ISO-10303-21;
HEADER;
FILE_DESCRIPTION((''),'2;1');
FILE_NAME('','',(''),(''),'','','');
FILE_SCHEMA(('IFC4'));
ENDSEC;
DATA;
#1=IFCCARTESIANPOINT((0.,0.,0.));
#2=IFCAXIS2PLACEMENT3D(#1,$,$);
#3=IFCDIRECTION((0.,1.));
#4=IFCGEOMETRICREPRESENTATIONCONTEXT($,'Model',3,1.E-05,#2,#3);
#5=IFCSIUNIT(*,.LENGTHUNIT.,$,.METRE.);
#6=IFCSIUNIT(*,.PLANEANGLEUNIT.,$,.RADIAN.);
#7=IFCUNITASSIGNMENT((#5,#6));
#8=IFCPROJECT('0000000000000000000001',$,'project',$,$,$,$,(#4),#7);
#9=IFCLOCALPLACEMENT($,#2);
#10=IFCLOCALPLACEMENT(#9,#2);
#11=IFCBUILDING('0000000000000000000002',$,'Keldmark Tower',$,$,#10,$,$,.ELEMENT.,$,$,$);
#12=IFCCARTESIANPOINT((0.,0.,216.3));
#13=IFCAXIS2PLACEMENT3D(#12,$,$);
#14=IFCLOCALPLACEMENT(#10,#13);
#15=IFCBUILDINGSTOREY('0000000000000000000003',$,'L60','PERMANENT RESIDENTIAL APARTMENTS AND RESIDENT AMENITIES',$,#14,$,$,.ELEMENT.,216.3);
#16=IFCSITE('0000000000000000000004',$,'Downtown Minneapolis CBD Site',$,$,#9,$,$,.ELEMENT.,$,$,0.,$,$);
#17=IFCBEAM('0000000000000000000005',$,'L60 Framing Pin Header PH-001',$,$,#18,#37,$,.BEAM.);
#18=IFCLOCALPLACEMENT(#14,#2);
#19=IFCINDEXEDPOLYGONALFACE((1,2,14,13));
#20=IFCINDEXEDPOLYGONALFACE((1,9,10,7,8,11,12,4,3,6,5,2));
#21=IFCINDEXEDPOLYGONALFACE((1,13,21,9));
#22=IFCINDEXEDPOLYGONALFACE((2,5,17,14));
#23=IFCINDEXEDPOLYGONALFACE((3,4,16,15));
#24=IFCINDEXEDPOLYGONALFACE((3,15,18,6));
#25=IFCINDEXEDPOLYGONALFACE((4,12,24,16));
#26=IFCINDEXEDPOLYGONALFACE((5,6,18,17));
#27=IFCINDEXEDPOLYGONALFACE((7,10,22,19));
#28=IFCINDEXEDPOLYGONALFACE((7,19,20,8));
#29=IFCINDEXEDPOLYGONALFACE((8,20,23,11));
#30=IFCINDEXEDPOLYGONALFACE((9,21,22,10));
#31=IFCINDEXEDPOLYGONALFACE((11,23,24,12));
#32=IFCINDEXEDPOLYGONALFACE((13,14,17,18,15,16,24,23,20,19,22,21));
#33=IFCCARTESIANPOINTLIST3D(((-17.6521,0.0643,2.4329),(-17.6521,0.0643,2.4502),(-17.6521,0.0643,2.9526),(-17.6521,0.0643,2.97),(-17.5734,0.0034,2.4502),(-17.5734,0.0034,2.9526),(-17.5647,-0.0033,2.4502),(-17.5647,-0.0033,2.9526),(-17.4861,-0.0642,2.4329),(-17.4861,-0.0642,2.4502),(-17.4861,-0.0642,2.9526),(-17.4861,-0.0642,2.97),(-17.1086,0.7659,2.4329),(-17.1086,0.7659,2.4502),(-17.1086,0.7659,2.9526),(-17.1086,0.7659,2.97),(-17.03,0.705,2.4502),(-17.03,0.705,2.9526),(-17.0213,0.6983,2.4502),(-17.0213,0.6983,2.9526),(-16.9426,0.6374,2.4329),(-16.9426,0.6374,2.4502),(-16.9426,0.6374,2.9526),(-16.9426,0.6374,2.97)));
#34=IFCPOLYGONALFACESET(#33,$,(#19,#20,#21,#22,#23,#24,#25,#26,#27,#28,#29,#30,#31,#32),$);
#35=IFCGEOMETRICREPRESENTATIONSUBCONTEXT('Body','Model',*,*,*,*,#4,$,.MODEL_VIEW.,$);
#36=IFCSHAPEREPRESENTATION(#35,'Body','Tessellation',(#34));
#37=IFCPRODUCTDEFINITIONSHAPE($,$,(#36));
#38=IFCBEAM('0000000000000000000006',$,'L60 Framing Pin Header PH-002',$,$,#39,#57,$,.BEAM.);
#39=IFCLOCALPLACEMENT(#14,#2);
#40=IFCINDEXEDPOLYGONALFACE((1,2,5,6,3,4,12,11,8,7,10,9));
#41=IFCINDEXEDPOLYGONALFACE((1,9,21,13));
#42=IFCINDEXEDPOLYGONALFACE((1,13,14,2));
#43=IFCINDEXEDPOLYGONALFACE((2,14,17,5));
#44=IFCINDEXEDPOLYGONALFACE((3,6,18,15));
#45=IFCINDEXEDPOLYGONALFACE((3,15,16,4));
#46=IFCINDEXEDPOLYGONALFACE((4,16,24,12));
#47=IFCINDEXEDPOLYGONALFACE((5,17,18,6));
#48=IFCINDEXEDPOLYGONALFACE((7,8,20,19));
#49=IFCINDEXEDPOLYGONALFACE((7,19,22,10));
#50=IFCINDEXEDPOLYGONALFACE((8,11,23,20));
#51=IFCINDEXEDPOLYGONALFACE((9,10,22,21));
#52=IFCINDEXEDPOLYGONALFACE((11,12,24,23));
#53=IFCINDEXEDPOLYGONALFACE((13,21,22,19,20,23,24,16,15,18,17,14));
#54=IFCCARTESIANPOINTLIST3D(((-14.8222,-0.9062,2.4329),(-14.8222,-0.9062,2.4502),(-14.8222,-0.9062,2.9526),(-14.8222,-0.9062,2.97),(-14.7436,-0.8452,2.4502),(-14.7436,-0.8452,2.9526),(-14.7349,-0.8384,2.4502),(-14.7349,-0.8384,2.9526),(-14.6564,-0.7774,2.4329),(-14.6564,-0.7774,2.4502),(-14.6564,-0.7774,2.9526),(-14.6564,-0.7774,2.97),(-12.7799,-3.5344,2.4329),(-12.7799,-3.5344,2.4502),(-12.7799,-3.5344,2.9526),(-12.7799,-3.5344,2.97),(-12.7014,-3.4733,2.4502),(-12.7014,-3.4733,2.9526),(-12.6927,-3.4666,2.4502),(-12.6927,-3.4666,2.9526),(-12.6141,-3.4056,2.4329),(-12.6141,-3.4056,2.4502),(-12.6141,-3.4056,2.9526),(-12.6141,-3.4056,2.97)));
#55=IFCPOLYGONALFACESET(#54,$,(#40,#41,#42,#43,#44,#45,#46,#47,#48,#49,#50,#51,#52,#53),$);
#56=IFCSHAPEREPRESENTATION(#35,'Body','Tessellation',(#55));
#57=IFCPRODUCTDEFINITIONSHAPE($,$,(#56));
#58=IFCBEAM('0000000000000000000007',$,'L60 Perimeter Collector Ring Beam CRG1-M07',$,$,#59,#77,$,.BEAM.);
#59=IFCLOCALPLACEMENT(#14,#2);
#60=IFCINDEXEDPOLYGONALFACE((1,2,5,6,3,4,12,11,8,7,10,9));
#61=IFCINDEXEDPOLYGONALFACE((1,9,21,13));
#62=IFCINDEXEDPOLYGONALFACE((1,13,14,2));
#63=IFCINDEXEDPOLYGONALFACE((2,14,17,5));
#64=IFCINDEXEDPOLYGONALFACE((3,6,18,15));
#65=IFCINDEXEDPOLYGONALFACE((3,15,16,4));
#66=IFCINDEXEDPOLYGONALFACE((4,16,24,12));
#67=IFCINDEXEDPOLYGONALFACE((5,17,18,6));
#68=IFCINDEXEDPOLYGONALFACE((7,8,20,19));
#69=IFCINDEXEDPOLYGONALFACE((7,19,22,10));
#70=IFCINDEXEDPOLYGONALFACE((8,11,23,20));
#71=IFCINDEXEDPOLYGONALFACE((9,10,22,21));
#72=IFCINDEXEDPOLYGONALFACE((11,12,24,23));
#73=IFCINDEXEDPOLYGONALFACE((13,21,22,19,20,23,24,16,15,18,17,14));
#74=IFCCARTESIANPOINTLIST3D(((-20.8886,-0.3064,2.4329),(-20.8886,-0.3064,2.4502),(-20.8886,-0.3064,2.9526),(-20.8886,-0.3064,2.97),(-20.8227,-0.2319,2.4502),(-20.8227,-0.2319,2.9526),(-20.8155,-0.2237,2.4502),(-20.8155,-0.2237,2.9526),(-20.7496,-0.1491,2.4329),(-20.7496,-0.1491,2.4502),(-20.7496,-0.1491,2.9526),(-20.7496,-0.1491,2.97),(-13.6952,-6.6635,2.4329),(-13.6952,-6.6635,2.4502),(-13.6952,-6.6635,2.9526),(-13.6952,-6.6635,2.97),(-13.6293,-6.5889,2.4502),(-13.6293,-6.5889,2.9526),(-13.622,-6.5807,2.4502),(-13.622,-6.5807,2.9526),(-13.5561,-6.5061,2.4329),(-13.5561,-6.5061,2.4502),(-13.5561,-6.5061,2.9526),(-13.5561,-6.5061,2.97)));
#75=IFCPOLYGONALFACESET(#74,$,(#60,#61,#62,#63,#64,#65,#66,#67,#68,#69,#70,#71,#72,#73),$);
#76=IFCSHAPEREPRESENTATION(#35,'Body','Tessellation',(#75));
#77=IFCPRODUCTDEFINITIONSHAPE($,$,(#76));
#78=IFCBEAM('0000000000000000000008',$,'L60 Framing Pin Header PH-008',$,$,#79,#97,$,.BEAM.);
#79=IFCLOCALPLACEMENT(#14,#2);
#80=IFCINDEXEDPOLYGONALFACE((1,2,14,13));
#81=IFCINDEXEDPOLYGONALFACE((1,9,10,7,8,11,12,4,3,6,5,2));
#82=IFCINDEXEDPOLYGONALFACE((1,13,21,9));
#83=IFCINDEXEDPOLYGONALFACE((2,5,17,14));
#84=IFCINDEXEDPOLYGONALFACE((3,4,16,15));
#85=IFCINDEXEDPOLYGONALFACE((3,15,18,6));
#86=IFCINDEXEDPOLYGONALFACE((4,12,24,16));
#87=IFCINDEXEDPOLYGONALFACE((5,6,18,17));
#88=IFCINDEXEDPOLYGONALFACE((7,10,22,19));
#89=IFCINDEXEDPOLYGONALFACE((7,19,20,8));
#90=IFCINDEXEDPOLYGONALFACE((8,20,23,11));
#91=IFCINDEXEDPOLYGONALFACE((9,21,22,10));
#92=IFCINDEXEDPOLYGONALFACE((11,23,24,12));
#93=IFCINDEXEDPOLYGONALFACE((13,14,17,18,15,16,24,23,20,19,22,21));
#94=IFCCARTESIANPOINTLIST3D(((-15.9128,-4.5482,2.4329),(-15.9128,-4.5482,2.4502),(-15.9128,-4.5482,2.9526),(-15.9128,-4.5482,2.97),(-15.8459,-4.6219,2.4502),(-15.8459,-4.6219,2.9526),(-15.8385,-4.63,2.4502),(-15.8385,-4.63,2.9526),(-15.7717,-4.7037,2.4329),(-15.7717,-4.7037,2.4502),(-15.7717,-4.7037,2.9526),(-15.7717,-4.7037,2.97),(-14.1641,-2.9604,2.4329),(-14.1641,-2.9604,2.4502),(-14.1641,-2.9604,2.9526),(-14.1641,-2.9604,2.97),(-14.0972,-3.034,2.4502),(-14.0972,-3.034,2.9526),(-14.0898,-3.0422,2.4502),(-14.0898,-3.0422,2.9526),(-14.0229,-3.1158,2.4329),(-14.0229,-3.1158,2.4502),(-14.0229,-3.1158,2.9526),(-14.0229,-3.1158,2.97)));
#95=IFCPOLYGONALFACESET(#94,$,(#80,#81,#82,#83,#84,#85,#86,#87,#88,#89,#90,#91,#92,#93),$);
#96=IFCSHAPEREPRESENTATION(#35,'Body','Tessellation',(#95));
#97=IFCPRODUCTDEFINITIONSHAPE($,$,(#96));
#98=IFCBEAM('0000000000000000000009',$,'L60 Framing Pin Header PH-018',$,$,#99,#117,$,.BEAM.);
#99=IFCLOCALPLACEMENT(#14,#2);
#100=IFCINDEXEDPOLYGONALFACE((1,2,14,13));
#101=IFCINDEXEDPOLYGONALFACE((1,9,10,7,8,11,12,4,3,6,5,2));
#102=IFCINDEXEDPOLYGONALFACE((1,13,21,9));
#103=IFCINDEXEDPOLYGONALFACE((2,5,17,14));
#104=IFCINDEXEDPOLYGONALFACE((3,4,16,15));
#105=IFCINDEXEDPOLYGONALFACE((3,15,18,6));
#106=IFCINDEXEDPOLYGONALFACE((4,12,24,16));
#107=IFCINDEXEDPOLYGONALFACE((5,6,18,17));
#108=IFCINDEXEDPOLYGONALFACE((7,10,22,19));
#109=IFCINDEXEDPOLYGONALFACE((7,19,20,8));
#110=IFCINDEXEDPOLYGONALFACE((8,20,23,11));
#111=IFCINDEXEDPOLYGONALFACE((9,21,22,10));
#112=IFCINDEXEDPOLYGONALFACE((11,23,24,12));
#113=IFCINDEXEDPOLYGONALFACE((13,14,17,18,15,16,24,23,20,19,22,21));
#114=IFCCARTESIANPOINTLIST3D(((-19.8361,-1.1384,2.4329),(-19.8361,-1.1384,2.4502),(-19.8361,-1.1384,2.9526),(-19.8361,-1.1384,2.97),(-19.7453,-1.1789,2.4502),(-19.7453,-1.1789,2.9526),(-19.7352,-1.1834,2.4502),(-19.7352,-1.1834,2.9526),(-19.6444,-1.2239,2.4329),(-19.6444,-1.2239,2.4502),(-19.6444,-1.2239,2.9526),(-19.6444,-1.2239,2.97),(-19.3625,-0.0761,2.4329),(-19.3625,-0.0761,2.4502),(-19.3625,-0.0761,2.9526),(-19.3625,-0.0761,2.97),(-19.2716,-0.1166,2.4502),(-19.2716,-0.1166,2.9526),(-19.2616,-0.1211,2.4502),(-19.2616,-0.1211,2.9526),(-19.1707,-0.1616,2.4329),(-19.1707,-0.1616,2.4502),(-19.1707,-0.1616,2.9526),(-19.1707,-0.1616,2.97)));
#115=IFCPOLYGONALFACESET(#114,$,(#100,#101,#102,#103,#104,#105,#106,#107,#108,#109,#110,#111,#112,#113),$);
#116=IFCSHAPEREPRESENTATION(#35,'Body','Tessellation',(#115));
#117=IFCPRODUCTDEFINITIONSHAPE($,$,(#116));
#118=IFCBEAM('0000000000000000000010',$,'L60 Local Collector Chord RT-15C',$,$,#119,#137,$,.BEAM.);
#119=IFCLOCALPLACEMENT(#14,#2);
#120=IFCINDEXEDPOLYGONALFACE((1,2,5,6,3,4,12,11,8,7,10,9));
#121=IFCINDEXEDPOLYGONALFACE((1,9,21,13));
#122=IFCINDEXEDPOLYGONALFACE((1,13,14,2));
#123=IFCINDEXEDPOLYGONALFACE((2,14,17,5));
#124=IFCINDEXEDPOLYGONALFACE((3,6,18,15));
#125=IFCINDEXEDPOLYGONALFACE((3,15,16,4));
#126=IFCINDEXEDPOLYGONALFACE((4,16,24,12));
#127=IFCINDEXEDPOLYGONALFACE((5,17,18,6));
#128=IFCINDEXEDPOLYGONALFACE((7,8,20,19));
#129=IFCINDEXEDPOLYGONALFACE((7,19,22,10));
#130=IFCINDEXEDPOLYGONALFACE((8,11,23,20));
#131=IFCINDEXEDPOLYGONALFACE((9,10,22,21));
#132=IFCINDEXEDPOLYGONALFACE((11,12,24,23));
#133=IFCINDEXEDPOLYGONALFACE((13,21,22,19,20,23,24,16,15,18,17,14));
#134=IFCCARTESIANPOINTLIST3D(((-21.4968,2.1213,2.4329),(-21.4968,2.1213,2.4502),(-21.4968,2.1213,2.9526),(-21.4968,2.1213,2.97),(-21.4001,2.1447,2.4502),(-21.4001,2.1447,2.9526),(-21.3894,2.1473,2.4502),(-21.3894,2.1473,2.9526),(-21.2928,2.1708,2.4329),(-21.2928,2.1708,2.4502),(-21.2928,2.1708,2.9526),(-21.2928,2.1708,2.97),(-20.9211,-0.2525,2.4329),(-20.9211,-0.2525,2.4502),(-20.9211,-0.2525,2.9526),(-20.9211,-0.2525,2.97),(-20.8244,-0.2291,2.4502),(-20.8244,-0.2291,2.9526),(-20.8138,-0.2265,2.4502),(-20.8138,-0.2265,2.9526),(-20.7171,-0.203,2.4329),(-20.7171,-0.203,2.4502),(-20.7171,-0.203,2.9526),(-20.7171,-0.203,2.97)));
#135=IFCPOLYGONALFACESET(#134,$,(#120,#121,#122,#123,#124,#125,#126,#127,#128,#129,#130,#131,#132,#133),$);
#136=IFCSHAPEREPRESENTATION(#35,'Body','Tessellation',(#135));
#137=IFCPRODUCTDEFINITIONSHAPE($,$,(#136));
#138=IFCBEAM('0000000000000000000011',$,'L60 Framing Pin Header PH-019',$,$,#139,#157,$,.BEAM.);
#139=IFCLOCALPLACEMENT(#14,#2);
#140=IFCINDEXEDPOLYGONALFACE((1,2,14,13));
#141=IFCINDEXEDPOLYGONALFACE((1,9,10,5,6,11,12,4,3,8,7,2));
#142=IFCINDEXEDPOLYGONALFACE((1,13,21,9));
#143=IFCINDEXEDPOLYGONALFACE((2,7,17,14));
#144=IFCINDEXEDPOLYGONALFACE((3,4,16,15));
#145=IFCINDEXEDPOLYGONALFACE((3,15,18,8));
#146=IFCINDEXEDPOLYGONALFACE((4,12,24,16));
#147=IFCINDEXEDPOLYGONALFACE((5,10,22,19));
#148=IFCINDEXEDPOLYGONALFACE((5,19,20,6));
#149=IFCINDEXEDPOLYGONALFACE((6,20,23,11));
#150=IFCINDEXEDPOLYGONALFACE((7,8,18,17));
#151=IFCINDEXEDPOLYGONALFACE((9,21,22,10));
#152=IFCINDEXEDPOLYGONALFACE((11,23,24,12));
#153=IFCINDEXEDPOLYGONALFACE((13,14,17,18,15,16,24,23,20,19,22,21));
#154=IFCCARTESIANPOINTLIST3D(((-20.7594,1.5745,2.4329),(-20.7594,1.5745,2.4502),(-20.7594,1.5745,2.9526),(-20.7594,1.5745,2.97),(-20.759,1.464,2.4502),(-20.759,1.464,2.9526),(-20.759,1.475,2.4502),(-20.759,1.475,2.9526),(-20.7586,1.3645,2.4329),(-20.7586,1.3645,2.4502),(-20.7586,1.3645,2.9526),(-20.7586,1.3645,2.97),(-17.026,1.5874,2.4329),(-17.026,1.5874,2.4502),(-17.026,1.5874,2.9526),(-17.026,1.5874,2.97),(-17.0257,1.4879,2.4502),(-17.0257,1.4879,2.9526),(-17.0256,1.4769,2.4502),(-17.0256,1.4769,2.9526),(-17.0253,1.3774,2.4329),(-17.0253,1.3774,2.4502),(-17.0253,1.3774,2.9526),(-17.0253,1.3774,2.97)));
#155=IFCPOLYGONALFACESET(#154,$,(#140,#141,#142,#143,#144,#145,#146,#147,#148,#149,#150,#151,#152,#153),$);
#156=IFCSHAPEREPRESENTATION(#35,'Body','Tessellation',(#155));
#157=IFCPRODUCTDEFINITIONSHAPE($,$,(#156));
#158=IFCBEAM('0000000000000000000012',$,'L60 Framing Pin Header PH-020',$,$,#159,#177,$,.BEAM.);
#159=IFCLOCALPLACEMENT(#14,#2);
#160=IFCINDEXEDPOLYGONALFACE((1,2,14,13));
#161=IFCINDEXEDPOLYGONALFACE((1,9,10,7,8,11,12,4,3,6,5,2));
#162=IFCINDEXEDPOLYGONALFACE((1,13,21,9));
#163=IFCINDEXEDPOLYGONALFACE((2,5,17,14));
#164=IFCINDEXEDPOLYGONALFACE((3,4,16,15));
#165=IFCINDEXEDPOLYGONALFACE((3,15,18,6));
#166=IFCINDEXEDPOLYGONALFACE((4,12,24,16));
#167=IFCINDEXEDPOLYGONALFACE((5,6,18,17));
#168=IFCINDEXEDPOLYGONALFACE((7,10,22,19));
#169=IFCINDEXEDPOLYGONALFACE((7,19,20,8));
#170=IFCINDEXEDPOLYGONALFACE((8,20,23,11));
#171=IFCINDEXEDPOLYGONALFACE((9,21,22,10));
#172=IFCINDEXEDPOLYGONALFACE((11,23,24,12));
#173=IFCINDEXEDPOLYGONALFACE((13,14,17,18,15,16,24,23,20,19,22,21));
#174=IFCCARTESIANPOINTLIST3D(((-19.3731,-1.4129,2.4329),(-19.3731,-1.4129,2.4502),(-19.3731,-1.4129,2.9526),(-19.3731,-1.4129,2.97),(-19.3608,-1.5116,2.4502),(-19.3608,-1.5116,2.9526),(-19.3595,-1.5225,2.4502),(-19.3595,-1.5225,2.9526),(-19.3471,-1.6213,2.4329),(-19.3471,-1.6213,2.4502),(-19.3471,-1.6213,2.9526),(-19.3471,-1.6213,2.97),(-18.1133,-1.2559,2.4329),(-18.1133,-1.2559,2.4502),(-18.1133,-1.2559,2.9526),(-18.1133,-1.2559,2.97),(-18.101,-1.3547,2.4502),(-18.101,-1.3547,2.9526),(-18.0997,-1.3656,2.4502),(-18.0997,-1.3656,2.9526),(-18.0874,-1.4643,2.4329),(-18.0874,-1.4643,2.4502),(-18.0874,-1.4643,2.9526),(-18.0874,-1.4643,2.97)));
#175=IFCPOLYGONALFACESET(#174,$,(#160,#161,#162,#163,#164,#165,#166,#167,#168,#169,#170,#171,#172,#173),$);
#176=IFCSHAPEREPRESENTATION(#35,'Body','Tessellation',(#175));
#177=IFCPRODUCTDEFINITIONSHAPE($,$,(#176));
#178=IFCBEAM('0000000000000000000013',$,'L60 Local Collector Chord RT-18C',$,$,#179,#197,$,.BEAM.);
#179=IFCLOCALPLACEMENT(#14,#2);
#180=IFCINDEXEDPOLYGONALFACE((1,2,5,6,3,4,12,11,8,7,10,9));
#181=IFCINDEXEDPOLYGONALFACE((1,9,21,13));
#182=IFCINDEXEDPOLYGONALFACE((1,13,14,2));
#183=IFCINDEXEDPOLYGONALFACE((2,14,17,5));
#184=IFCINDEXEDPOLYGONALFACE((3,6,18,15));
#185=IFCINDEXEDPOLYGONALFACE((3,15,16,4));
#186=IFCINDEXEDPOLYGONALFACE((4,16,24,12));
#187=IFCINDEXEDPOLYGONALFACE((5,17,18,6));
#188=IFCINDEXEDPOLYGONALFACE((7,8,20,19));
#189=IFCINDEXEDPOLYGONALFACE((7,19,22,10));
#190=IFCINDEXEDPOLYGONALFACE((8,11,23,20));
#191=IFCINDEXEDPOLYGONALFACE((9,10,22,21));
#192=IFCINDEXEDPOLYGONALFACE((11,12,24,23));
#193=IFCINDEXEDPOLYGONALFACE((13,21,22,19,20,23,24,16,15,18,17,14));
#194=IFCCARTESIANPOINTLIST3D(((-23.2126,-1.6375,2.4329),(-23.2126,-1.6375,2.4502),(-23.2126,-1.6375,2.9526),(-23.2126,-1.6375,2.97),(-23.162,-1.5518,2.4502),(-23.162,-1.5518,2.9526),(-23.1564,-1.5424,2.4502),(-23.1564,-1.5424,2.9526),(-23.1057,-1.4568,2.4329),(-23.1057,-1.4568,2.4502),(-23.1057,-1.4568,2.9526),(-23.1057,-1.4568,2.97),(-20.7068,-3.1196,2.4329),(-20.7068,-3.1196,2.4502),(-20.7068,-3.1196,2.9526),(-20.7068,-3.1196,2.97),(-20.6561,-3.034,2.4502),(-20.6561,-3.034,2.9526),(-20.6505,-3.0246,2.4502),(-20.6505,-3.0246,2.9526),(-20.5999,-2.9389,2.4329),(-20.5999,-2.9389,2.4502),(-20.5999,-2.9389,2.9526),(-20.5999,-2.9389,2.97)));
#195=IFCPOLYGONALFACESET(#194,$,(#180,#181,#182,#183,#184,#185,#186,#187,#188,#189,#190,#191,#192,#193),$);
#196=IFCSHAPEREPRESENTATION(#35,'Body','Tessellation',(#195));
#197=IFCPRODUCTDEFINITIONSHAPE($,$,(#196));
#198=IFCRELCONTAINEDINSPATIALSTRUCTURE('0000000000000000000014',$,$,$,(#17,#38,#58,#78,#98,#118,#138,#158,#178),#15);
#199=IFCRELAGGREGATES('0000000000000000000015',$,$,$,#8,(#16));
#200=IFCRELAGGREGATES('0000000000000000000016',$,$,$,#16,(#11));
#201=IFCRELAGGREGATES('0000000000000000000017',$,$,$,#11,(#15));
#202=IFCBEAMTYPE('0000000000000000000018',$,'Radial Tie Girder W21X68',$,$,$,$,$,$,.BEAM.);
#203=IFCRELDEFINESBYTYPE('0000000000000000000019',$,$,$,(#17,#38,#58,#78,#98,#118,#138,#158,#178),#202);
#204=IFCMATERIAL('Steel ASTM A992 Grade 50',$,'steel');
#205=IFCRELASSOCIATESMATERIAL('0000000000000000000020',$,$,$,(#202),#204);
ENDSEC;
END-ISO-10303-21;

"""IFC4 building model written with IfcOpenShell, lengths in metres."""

from ifc_helpers import new_model, si_unit, direction, frame, origin, origin_2d, place, context, subcontext, project, spatial, i_section, extrude, material, material_profile, profile_set, type_object, element, save


model = new_model("IFC4")

# Units and contexts
model_context = context("Model", 3, precision=1e-05, world=origin(), true_north=direction((0.0, 1.0)))
body_context = subcontext(model_context, "Body", "Model", "MODEL_VIEW")
ifc_project = project(units=[si_unit("LENGTHUNIT", "METRE"), si_unit("PLANEANGLEUNIT", "RADIAN")], contexts=[model_context])

# Site, building, storey
site_placement = place(None, origin())
site = spatial("IfcSite", under=ifc_project, at=site_placement, Name="Downtown Minneapolis CBD Site", CompositionType="ELEMENT", RefElevation=0.0)
building_placement = place(site_placement, origin())
building = spatial("IfcBuilding", under=site, at=building_placement, Name="Keldmark Tower", CompositionType="ELEMENT")
storey_placement = place(building_placement, frame((0.0, 0.0, 216.3)))
storey = spatial("IfcBuildingStorey", under=building, at=storey_placement, Name="L60", Description="PERMANENT RESIDENTIAL APARTMENTS AND RESIDENT AMENITIES", CompositionType="ELEMENT", Elevation=216.3)

# Beams
ifc_material_1 = material(Name="Steel ASTM A992 Grade 50", Category="steel")
ifc_material_profile_1 = material_profile(ifc_material_1, i_section(OverallWidth=0.21, OverallDepth=0.5371, WebThickness=0.011, FlangeThickness=0.0173, at=origin_2d()), Name="W21X68")
ifc_profile_set_1 = profile_set([ifc_material_profile_1], Name="Steel ASTM A992 Grade 50")
beam_type_1 = type_object("IfcBeamType", Name="Radial Tie Girder W21X68", PredefinedType="BEAM", material=ifc_profile_set_1)
beam_1_placement = place(storey_placement, frame((-17.0256, 0.7017, 2.7014), z_axis=(-0.61234, -0.790595, 0.0), x_axis=(0.790595, -0.61234, 0.0)))
element("IfcBeam", 1, at=beam_1_placement, inside=storey, type_object=beam_type_1, Name="L60 Framing Pin Header PH-001", PredefinedType="BEAM", context=body_context, shape_type="SweptSolid", body=[
    extrude(i_section(OverallWidth=0.21, OverallDepth=0.5371, WebThickness=0.011, FlangeThickness=0.0173, at=origin_2d()), origin(), (0.0, 0.0, 1.0), 0.8875),
])
beam_2_placement = place(storey_placement, frame((-14.7393, -0.8418, 2.7014), z_axis=(0.613585, -0.789629, 0.0), x_axis=(0.789629, 0.613585, 0.0)))
element("IfcBeam", 2, at=beam_2_placement, inside=storey, type_object=beam_type_1, Name="L60 Framing Pin Header PH-002", PredefinedType="BEAM", context=body_context, shape_type="SweptSolid", body=[
    extrude(i_section(OverallWidth=0.21, OverallDepth=0.5371, WebThickness=0.011, FlangeThickness=0.0173, at=origin_2d()), origin(), (0.0, 0.0, 1.0), 3.3284),
])
beam_3_placement = place(storey_placement, frame((-20.8191, -0.2278, 2.7014), z_axis=(0.749328, -0.662198, 0.0), x_axis=(0.662198, 0.749328, 0.0)))
element("IfcBeam", 3, at=beam_3_placement, inside=storey, type_object=beam_type_1, Name="L60 Perimeter Collector Ring Beam CRG1-M07", PredefinedType="BEAM", context=body_context, shape_type="SweptSolid", body=[
    extrude(i_section(OverallWidth=0.21, OverallDepth=0.5371, WebThickness=0.011, FlangeThickness=0.0173, at=origin_2d()), origin(), (0.0, 0.0, 1.0), 9.5999),
])
beam_4_placement = place(storey_placement, frame((-14.0935, -3.0381, 2.7014), z_axis=(-0.740342, -0.67223, 0.0), x_axis=(0.67223, -0.740342, 0.0)))
element("IfcBeam", 4, at=beam_4_placement, inside=storey, type_object=beam_type_1, Name="L60 Framing Pin Header PH-008", PredefinedType="BEAM", context=body_context, shape_type="SweptSolid", body=[
    extrude(i_section(OverallWidth=0.21, OverallDepth=0.5371, WebThickness=0.011, FlangeThickness=0.0173, at=origin_2d()), origin(), (0.0, 0.0, 1.0), 2.3621),
])
beam_5_placement = place(storey_placement, frame((-19.7402, -1.1812, 2.7014), z_axis=(0.407229, 0.913326, 0.0), x_axis=(-0.913326, 0.407229, 0.0)))
element("IfcBeam", 5, at=beam_5_placement, inside=storey, type_object=beam_type_1, Name="L60 Framing Pin Header PH-018", PredefinedType="BEAM", context=body_context, shape_type="SweptSolid", body=[
    extrude(i_section(OverallWidth=0.21, OverallDepth=0.5371, WebThickness=0.011, FlangeThickness=0.0173, at=origin_2d()), origin(), (0.0, 0.0, 1.0), 1.1631),
])
beam_6_placement = place(storey_placement, frame((-20.8191, -0.2278, 2.7014), z_axis=(-0.235686, 0.971829, 0.0), x_axis=(-0.971829, -0.235686, 0.0)))
element("IfcBeam", 6, at=beam_6_placement, inside=storey, type_object=beam_type_1, Name="L60 Local Collector Chord RT-15C", PredefinedType="BEAM", context=body_context, shape_type="SweptSolid", body=[
    extrude(i_section(OverallWidth=0.21, OverallDepth=0.5371, WebThickness=0.011, FlangeThickness=0.0173, at=origin_2d()), origin(), (0.0, 0.0, 1.0), 2.4426),
])
beam_7_placement = place(storey_placement, frame((-17.0256, 1.4824, 2.7014), z_axis=(-0.999994, -0.003466, 0.0), x_axis=(0.003466, -0.999994, 0.0)))
element("IfcBeam", 7, at=beam_7_placement, inside=storey, type_object=beam_type_1, Name="L60 Framing Pin Header PH-019", PredefinedType="BEAM", context=body_context, shape_type="SweptSolid", body=[
    extrude(i_section(OverallWidth=0.21, OverallDepth=0.5371, WebThickness=0.011, FlangeThickness=0.0173, at=origin_2d()), origin(), (0.0, 0.0, 1.0), 3.7334),
])
beam_8_placement = place(storey_placement, frame((-18.1003, -1.3601, 2.7014), z_axis=(-0.992325, -0.123656, 0.0), x_axis=(0.123656, -0.992325, 0.0)))
element("IfcBeam", 8, at=beam_8_placement, inside=storey, type_object=beam_type_1, Name="L60 Framing Pin Header PH-020", PredefinedType="BEAM", context=body_context, shape_type="SweptSolid", body=[
    extrude(i_section(OverallWidth=0.21, OverallDepth=0.5371, WebThickness=0.011, FlangeThickness=0.0173, at=origin_2d()), origin(), (0.0, 0.0, 1.0), 1.2695),
])
beam_9_placement = place(storey_placement, frame((-23.1592, -1.5471, 2.7014), z_axis=(0.860709, -0.509097, 0.0), x_axis=(0.509097, 0.860709, 0.0)))
element("IfcBeam", 9, at=beam_9_placement, inside=storey, type_object=beam_type_1, Name="L60 Local Collector Chord RT-18C", PredefinedType="BEAM", context=body_context, shape_type="SweptSolid", body=[
    extrude(i_section(OverallWidth=0.21, OverallDepth=0.5371, WebThickness=0.011, FlangeThickness=0.0173, at=origin_2d()), origin(), (0.0, 0.0, 1.0), 2.9114),
])

save(model, "model.ifc")
